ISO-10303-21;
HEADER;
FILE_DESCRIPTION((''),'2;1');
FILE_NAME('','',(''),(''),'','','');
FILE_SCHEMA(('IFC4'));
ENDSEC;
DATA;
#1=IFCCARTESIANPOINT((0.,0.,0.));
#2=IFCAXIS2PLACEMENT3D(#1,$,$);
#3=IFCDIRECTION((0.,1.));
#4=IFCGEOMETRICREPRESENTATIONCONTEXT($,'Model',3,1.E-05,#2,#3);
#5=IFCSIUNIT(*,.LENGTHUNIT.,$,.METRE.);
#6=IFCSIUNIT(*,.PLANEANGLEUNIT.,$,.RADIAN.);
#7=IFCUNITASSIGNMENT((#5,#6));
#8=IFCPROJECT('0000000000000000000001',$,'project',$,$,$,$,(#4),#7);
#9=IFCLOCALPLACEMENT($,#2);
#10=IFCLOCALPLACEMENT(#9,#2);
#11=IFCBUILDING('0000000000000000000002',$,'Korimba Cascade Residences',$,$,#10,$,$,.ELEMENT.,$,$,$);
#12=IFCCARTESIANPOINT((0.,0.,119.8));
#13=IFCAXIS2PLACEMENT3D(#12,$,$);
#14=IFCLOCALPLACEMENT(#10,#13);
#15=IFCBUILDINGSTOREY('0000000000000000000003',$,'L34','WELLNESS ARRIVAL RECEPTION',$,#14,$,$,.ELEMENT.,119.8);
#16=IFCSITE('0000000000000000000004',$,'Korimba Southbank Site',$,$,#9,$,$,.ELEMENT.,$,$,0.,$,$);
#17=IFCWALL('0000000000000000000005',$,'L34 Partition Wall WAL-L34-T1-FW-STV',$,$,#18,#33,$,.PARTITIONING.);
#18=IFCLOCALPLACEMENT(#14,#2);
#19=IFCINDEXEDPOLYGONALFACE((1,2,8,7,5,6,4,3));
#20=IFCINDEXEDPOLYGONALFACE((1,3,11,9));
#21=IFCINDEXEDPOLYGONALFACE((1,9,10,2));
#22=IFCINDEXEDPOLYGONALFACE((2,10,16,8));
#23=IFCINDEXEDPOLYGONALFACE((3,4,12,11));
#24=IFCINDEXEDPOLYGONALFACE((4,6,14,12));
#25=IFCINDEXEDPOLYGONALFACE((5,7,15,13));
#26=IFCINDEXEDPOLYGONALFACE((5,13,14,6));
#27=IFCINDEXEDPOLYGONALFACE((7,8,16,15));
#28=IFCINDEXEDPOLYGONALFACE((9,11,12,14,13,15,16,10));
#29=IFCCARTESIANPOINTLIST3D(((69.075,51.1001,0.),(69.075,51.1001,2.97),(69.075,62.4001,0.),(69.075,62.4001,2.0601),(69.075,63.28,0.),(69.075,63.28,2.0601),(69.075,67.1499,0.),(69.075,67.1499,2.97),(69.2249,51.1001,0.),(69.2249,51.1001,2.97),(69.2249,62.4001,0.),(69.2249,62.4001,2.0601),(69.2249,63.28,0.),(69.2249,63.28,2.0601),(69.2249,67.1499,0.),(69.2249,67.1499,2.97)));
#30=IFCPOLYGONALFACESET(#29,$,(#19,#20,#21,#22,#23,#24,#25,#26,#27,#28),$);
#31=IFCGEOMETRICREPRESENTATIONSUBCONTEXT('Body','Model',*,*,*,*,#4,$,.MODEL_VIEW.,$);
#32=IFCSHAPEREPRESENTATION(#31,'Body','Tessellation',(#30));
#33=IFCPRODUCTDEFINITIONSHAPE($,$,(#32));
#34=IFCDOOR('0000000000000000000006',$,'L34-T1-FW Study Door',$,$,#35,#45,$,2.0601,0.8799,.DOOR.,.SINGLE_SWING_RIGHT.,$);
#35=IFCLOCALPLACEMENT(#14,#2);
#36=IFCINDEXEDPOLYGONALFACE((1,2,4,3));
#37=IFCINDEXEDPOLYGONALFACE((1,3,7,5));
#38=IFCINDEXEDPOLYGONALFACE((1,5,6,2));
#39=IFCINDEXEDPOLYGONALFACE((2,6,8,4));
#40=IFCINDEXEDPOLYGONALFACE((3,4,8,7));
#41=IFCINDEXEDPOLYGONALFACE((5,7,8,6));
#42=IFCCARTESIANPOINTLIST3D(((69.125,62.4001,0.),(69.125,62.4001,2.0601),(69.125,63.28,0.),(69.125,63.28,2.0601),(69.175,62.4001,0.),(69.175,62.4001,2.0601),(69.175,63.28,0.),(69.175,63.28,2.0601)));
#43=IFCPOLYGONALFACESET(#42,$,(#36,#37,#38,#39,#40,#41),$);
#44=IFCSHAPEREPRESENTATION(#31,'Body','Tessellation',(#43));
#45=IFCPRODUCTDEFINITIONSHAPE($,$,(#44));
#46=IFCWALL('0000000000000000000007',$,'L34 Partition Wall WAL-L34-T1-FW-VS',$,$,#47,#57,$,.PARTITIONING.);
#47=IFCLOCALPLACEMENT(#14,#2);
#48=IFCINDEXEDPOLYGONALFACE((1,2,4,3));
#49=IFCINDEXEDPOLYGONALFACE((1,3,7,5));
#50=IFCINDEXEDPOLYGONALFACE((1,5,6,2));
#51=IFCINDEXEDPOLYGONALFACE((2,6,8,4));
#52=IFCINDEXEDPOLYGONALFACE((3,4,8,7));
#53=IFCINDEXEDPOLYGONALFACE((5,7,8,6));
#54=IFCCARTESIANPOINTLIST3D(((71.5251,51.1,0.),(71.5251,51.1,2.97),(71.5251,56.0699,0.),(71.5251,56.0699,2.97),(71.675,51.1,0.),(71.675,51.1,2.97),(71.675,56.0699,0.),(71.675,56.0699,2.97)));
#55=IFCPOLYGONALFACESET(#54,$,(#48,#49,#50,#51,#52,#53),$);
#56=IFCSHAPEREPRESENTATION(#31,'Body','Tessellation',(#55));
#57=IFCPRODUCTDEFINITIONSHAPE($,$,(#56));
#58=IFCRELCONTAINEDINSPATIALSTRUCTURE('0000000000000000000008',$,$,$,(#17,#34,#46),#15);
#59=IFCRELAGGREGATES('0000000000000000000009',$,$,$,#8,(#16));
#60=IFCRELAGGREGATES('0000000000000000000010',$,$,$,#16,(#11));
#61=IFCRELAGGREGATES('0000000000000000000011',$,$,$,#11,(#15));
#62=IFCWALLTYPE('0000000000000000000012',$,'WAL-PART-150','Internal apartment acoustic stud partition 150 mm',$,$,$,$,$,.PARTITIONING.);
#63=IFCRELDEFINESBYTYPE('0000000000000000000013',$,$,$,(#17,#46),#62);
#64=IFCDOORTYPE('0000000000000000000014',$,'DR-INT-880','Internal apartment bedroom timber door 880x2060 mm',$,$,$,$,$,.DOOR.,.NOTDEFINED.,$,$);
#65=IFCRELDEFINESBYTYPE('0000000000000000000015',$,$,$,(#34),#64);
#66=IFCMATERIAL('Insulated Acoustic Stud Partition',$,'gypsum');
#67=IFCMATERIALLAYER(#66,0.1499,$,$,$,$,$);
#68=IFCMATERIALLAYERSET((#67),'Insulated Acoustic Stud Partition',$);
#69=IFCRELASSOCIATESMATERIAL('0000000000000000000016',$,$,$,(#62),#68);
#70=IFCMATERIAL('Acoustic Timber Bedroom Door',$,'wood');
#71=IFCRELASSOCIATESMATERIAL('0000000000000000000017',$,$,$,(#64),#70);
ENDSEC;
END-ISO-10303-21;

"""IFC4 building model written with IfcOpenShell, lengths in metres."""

from ifc_helpers import new_model, si_unit, direction, frame, frame_2d, origin, place, context, subcontext, project, spatial, rectangle, extrude, material, layer, layer_set, type_object, element, fill, save


model = new_model("IFC4")

# Units and contexts
model_context = context("Model", 3, precision=1e-05, world=origin(), true_north=direction((0.0, 1.0)))
body_context = subcontext(model_context, "Body", "Model", "MODEL_VIEW")
ifc_project = project(units=[si_unit("LENGTHUNIT", "METRE"), si_unit("PLANEANGLEUNIT", "RADIAN")], contexts=[model_context])

# Site, building, storey
site_placement = place(None, origin())
site = spatial("IfcSite", under=ifc_project, at=site_placement, Name="Korimba Southbank Site", CompositionType="ELEMENT", RefElevation=0.0)
building_placement = place(site_placement, origin())
building = spatial("IfcBuilding", under=site, at=building_placement, Name="Korimba Cascade Residences", CompositionType="ELEMENT")
storey_placement = place(building_placement, frame((0.0, 0.0, 119.8)))
storey = spatial("IfcBuildingStorey", under=building, at=storey_placement, Name="L34", Description="WELLNESS ARRIVAL RECEPTION", CompositionType="ELEMENT", Elevation=119.8)

# Wall, opening, door
ifc_material_1 = material(Name="Insulated Acoustic Stud Partition", Category="gypsum")
ifc_layer_1 = layer(ifc_material_1, 0.1499)
ifc_layer_set_1 = layer_set([ifc_layer_1], Name="Insulated Acoustic Stud Partition")
wall_type_1 = type_object("IfcWallType", Name="WAL-PART-150", Description="Internal apartment acoustic stud partition 150 mm", PredefinedType="PARTITIONING", material=ifc_layer_set_1)
wall_1_placement = place(storey_placement, frame((69.1499, 51.1001, 0.0), z_axis=(0.0, 0.0, 1.0), x_axis=(0.0, 1.0, 0.0)))
wall_1 = element("IfcWall", 1, at=wall_1_placement, inside=storey, type_object=wall_type_1, Name="L34 Partition Wall WAL-L34-T1-FW-STV", PredefinedType="PARTITIONING", context=body_context, shape_type="SweptSolid", body=[
    extrude(rectangle(XDim=16.0498, YDim=0.1499, at=frame_2d((8.0249, 0.0))), origin(), (0.0, 0.0, 1.0), 2.97),
])
opening_1_placement = place(wall_1_placement, frame((11.3, 0.0, 0.0)))
opening_1 = element("IfcOpeningElement", 2, at=opening_1_placement, cuts=wall_1, PredefinedType="OPENING", context=body_context, shape_type="SweptSolid", body=[
    extrude(rectangle(XDim=0.8799, YDim=2.0601, at=frame_2d((0.4399, 1.03))), frame((0.0, 0.085, 0.0), z_axis=(0.0, -1.0, 0.0), x_axis=(1.0, 0.0, 0.0)), (0.0, 0.0, 1.0), 0.1699),
])
ifc_material_2 = material(Name="Acoustic Timber Bedroom Door", Category="wood")
door_type = type_object("IfcDoorType", Name="DR-INT-880", Description="Internal apartment bedroom timber door 880x2060 mm", OperationType="NOTDEFINED", PredefinedType="DOOR", material=ifc_material_2)
door_placement = place(opening_1_placement, origin())
door = element("IfcDoor", 3, at=door_placement, inside=storey, type_object=door_type, Name="L34-T1-FW Study Door", OperationType="SINGLE_SWING_RIGHT", OverallHeight=2.0601, OverallWidth=0.8799, PredefinedType="DOOR", context=body_context, shape_type="SweptSolid", body=[
    extrude(rectangle(XDim=0.8799, YDim=2.0601, at=frame_2d((0.4399, 1.03))), frame((0.0, 0.0249, 0.0), z_axis=(0.0, -1.0, 0.0), x_axis=(1.0, 0.0, 0.0)), (0.0, 0.0, 1.0), 0.05),
])
fill(opening_1, door)

# Wall
wall_2_placement = place(storey_placement, frame((71.6001, 51.1001, 0.0), z_axis=(0.0, 0.0, 1.0), x_axis=(0.0, 1.0, 0.0)))
element("IfcWall", 4, at=wall_2_placement, inside=storey, type_object=wall_type_1, Name="L34 Partition Wall WAL-L34-T1-FW-VS", PredefinedType="PARTITIONING", context=body_context, shape_type="SweptSolid", body=[
    extrude(rectangle(XDim=4.97, YDim=0.1499, at=frame_2d((2.4849, 0.0))), origin(), (0.0, 0.0, 1.0), 2.97),
])

save(model, "model.ifc")
